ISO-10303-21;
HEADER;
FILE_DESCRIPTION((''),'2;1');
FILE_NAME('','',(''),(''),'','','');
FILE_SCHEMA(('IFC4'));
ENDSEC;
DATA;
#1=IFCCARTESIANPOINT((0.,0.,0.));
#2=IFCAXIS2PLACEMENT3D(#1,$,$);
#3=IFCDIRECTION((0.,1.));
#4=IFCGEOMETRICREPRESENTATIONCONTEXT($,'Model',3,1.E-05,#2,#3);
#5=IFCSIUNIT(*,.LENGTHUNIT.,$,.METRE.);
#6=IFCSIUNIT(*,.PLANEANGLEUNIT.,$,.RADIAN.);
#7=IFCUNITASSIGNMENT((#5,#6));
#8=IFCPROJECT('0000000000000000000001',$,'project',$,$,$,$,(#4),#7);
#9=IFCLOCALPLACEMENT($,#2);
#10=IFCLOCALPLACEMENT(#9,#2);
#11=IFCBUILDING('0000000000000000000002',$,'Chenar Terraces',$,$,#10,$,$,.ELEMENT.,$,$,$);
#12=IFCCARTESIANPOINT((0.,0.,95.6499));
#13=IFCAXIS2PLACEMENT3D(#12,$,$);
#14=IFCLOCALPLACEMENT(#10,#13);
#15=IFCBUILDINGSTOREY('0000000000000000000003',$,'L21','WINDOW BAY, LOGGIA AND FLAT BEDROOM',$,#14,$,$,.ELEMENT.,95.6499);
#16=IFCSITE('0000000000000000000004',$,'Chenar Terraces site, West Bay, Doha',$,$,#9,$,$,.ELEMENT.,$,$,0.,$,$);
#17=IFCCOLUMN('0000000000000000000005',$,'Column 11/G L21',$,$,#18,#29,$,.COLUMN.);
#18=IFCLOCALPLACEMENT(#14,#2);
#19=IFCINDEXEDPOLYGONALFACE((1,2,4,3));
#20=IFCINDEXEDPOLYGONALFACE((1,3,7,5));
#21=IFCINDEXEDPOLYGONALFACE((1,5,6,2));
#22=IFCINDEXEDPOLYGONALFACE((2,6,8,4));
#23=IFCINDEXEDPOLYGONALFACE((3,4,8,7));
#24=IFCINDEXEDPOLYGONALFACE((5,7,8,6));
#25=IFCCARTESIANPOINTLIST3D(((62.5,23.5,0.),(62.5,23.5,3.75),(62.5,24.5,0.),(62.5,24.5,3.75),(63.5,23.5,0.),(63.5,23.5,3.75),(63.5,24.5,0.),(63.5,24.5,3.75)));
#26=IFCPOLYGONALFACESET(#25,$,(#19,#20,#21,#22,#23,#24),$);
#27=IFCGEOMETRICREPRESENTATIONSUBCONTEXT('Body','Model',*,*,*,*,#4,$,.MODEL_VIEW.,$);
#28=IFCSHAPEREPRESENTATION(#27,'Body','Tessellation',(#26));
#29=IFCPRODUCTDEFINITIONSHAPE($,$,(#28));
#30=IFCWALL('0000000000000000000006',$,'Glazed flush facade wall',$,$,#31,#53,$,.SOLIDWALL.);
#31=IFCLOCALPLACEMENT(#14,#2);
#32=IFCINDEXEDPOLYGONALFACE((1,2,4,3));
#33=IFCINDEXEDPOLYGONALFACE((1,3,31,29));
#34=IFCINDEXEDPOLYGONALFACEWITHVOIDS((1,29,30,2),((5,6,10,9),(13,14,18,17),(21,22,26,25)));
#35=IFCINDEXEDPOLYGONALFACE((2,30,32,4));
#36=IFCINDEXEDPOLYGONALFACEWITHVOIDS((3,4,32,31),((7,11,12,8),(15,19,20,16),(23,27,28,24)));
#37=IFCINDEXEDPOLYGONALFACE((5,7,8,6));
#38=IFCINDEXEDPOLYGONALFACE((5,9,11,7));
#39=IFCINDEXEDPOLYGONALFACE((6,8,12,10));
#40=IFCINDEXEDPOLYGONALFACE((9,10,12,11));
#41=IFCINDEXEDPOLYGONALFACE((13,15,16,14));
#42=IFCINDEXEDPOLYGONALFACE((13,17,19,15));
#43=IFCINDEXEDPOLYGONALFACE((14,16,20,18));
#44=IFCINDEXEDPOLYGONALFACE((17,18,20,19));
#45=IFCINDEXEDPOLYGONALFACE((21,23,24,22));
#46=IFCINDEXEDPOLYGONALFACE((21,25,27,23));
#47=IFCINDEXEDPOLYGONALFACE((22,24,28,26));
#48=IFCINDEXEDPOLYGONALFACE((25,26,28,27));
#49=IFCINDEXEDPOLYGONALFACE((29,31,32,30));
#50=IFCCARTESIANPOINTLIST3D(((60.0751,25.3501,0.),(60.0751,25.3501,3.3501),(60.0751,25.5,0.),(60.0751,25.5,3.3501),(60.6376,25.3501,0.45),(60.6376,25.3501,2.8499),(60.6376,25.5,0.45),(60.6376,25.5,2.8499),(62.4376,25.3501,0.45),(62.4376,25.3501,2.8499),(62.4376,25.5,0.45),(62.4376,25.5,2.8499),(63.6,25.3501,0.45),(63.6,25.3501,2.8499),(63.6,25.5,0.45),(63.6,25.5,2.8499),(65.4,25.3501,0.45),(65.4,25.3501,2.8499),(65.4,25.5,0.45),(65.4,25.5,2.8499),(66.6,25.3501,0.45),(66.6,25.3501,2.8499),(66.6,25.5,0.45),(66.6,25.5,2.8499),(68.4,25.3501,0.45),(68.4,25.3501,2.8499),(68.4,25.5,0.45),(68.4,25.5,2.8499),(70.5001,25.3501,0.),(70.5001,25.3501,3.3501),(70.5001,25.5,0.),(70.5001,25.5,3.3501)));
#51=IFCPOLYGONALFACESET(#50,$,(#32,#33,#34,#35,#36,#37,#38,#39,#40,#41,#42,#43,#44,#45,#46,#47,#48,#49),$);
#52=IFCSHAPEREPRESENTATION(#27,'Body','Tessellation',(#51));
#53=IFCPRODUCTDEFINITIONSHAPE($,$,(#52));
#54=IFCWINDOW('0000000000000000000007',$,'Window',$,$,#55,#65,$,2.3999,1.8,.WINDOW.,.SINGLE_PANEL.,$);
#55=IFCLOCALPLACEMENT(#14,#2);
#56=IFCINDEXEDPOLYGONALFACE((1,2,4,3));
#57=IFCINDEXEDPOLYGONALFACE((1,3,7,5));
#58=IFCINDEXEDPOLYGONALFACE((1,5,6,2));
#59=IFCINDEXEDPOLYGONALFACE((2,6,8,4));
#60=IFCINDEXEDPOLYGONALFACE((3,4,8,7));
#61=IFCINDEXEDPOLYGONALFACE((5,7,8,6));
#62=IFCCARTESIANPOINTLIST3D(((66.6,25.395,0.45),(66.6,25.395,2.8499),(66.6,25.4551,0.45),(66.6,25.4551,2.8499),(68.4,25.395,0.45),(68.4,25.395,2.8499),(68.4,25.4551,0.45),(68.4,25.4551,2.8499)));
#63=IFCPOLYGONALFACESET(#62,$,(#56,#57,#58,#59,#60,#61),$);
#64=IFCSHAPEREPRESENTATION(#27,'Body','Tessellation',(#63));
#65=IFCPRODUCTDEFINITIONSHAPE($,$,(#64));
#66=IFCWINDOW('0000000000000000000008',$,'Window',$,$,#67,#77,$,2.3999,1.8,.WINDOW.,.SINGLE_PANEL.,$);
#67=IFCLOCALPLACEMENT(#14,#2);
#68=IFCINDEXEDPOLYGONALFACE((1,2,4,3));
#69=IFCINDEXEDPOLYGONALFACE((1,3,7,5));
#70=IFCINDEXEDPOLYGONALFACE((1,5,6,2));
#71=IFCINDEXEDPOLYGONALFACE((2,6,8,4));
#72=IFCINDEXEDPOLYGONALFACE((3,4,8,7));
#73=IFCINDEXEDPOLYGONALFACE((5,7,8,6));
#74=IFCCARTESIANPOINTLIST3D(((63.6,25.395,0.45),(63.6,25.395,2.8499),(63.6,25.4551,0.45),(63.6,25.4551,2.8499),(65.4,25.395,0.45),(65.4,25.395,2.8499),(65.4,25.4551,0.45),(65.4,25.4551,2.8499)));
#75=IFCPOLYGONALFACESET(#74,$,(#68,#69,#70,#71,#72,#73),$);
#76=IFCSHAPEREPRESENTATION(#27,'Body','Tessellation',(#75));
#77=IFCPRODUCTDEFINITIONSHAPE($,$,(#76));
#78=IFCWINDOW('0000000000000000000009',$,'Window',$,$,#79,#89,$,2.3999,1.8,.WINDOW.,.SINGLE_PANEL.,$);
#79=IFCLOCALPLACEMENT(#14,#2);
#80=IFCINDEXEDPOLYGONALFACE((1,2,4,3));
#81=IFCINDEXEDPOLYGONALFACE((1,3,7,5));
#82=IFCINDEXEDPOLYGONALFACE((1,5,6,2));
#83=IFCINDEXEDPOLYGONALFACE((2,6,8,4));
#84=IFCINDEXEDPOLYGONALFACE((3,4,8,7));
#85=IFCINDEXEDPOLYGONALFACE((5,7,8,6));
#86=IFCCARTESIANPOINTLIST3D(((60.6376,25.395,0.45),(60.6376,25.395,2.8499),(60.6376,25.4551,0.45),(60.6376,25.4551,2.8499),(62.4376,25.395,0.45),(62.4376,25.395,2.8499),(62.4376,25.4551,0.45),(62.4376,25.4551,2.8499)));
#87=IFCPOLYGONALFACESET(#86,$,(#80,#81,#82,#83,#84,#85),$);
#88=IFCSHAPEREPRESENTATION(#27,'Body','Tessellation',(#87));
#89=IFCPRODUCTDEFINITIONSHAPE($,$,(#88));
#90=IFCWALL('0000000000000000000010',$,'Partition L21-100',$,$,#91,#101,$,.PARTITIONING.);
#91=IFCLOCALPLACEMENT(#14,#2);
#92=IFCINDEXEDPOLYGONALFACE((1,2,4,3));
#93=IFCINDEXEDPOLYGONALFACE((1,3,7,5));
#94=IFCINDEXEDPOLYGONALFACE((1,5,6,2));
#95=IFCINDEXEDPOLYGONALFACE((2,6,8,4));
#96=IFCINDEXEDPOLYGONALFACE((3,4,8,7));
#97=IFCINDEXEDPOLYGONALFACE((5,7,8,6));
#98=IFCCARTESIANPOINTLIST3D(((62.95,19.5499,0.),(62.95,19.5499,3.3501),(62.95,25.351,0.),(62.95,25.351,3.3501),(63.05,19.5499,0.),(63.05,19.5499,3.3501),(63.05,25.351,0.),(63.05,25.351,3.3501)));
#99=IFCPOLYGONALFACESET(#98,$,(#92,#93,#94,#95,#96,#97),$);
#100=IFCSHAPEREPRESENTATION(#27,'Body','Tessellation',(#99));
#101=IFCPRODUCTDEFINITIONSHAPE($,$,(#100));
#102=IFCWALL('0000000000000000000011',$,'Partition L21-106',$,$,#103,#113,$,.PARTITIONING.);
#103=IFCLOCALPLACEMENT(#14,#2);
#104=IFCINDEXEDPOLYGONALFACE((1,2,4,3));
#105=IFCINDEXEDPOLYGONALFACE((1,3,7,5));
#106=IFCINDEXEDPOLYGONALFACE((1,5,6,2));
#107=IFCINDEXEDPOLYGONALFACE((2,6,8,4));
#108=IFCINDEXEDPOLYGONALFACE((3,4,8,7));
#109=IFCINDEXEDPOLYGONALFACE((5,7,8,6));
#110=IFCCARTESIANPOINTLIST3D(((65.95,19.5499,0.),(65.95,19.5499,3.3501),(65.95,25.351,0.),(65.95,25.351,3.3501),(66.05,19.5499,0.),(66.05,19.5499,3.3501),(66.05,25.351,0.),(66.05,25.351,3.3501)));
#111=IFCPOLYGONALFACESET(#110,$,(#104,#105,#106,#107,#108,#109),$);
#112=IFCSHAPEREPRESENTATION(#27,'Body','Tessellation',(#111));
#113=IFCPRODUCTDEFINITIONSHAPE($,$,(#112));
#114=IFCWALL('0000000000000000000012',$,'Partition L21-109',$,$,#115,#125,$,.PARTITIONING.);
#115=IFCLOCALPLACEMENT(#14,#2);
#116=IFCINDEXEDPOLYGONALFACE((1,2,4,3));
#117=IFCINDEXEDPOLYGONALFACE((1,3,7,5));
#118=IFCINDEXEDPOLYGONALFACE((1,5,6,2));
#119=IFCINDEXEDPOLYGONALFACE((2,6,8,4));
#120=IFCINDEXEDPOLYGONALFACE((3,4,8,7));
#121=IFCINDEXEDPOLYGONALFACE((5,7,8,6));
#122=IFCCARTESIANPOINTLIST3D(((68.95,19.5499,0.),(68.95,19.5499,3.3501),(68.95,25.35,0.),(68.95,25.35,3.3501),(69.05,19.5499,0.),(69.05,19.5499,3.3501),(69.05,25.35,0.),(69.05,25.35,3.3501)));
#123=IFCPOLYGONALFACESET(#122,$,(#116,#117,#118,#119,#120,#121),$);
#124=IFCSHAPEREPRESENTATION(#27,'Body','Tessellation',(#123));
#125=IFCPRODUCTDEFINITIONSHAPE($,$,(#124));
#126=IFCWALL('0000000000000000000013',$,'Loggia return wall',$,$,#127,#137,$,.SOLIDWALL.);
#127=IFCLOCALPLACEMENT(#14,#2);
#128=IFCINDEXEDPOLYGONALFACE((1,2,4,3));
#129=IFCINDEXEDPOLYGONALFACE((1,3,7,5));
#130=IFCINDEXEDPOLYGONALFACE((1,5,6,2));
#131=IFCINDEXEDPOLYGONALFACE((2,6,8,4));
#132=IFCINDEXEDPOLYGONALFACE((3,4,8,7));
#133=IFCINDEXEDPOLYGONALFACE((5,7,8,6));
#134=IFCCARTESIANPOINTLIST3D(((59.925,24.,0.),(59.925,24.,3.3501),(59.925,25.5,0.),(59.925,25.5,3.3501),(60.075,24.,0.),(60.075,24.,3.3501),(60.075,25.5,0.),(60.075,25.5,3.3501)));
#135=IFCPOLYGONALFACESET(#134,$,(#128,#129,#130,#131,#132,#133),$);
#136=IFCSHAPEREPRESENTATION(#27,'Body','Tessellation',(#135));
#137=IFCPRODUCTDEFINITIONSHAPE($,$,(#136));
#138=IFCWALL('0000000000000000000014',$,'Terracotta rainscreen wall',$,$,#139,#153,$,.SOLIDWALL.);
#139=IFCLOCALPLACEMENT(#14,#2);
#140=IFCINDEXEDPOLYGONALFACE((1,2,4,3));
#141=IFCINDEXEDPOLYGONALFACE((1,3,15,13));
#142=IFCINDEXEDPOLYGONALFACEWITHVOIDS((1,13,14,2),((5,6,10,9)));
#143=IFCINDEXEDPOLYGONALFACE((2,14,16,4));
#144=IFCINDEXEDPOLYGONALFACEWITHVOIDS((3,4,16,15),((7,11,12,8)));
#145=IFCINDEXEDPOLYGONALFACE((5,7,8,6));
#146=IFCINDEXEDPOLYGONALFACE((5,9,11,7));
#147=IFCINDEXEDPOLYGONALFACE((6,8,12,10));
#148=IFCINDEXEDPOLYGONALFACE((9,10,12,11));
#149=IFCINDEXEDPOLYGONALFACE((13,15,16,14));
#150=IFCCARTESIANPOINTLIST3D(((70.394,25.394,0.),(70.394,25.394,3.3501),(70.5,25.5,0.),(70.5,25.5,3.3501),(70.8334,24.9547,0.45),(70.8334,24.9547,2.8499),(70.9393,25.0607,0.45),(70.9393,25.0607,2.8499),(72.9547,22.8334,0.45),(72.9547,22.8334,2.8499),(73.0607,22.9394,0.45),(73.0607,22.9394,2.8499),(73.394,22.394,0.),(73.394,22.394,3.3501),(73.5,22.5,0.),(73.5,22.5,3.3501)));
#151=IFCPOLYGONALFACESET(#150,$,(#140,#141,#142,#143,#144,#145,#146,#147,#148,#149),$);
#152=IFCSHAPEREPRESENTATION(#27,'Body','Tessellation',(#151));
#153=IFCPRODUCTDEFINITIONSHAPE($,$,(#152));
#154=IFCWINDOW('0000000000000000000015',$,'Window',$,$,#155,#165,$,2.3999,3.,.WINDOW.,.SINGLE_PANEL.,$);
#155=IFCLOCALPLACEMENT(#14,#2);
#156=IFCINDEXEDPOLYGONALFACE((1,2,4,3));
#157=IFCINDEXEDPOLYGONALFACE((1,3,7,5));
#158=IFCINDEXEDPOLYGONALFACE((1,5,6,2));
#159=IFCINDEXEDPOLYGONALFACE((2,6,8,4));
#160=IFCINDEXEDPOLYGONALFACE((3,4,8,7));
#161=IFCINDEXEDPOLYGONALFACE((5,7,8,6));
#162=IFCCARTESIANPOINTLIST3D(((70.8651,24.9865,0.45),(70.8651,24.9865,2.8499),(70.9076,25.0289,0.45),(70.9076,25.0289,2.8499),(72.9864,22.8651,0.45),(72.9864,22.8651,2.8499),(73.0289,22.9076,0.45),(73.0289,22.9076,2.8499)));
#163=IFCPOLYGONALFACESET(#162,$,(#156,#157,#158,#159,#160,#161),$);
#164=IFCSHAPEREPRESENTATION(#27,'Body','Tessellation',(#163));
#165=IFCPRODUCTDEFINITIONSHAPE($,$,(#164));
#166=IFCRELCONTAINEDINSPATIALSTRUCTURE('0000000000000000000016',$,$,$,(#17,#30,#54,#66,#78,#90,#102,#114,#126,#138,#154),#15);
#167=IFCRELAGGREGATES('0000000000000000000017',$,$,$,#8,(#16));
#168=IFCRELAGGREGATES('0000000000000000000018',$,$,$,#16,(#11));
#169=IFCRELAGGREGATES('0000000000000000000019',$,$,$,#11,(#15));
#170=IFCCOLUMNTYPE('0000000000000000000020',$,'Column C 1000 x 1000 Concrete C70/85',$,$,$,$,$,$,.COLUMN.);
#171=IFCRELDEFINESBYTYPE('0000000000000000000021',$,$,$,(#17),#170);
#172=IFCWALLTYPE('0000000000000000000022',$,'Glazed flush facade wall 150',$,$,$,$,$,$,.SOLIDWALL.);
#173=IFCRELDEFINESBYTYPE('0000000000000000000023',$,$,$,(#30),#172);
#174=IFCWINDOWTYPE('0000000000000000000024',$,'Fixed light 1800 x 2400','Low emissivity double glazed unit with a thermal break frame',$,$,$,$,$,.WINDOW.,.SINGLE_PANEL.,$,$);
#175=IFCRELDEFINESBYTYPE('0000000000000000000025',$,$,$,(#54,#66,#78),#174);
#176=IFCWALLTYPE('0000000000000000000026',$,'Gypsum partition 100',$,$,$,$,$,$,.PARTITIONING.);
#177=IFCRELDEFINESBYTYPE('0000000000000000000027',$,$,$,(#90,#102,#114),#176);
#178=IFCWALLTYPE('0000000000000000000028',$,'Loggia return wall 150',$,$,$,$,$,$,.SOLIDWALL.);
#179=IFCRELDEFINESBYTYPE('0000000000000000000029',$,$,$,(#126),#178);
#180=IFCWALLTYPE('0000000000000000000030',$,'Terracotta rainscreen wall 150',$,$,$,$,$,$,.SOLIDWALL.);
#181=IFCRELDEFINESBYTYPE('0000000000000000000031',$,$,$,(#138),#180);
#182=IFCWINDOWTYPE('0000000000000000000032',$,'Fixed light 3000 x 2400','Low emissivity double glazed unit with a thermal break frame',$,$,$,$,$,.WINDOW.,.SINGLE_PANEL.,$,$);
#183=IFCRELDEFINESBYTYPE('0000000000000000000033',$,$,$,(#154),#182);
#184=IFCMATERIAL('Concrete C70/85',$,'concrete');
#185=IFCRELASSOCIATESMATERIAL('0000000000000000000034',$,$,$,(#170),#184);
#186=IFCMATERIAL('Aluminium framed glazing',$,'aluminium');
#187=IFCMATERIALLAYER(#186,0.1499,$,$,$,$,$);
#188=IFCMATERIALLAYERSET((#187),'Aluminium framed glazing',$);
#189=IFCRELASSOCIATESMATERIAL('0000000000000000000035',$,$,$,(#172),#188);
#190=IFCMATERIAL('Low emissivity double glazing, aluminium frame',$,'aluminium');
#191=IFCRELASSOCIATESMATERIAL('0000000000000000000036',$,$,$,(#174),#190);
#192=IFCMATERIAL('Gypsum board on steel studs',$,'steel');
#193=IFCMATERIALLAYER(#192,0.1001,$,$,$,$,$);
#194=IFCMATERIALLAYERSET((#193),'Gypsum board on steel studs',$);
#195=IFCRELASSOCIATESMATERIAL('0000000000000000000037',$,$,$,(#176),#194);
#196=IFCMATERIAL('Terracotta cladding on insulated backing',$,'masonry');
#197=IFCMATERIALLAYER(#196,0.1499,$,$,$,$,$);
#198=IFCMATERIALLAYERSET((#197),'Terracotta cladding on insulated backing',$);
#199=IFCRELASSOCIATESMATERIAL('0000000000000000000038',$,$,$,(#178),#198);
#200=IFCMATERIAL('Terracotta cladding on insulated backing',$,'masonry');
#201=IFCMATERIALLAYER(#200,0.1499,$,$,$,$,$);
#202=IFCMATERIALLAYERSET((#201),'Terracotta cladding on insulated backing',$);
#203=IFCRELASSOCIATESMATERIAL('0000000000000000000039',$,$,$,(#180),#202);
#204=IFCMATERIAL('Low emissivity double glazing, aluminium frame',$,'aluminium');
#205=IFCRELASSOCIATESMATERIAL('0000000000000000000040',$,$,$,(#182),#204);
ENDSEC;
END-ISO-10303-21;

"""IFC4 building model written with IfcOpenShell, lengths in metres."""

from ifc_helpers import new_model, si_unit, direction, frame, frame_2d, origin, origin_2d, place, context, subcontext, project, spatial, rectangle, extrude, material, layer, layer_set, material_profile, profile_set, type_object, element, fill, save


model = new_model("IFC4")

# Units and contexts
model_context = context("Model", 3, precision=1e-05, world=origin(), true_north=direction((0.0, 1.0)))
body_context = subcontext(model_context, "Body", "Model", "MODEL_VIEW")
ifc_project = project(units=[si_unit("LENGTHUNIT", "METRE"), si_unit("PLANEANGLEUNIT", "RADIAN")], contexts=[model_context])

# Site, building, storey
site_placement = place(None, origin())
site = spatial("IfcSite", under=ifc_project, at=site_placement, Name="Chenar Terraces site, West Bay, Doha", CompositionType="ELEMENT", RefElevation=0.0)
building_placement = place(site_placement, origin())
building = spatial("IfcBuilding", under=site, at=building_placement, Name="Chenar Terraces", CompositionType="ELEMENT")
storey_placement = place(building_placement, frame((0.0, 0.0, 95.6499)))
storey = spatial("IfcBuildingStorey", under=building, at=storey_placement, Name="L21", Description="WINDOW BAY, LOGGIA AND FLAT BEDROOM", CompositionType="ELEMENT", Elevation=95.6499)

# Column
ifc_material_1 = material(Name="Concrete C70/85", Category="concrete")
ifc_material_profile = material_profile(ifc_material_1, rectangle(XDim=1.0, YDim=1.0, at=origin_2d()), Name="C 1000 x 1000")
ifc_profile_set = profile_set([ifc_material_profile], Name="Concrete C70/85")
column_type = type_object("IfcColumnType", Name="Column C 1000 x 1000 Concrete C70/85", PredefinedType="COLUMN", material=ifc_profile_set)
column_placement = place(storey_placement, frame((63.0, 24.0, 0.0), z_axis=(0.0, 0.0, 1.0), x_axis=(1.0, 0.0, 0.0)))
element("IfcColumn", 1, at=column_placement, inside=storey, type_object=column_type, Name="Column 11/G L21", PredefinedType="COLUMN", context=body_context, shape_type="SweptSolid", body=[
    extrude(rectangle(XDim=1.0, YDim=1.0, at=origin_2d()), origin(), (0.0, 0.0, 1.0), 3.75),
])

# Wall, openings, windows
ifc_material_2 = material(Name="Aluminium framed glazing", Category="aluminium")
ifc_layer_1 = layer(ifc_material_2, 0.1499)
ifc_layer_set_1 = layer_set([ifc_layer_1], Name="Aluminium framed glazing")
wall_type_1 = type_object("IfcWallType", Name="Glazed flush facade wall 150", PredefinedType="SOLIDWALL", material=ifc_layer_set_1)
wall_1_placement = place(storey_placement, frame((70.5, 25.425, 0.0), z_axis=(0.0, 0.0, 1.0), x_axis=(-1.0, 0.0, 0.0)))
wall_1 = element("IfcWall", 2, at=wall_1_placement, inside=storey, type_object=wall_type_1, Name="Glazed flush facade wall", PredefinedType="SOLIDWALL", context=body_context, shape_type="SweptSolid", body=[
    extrude(rectangle(XDim=10.425, YDim=0.1499, at=frame_2d((5.2124, 0.0))), origin(), (0.0, 0.0, 1.0), 3.3501),
])
opening_1_placement = place(wall_1_placement, frame((2.1001, 0.0, 0.45)))
opening_1 = element("IfcOpeningElement", 3, at=opening_1_placement, cuts=wall_1, PredefinedType="OPENING", context=body_context, shape_type="SweptSolid", body=[
    extrude(rectangle(XDim=1.8, YDim=2.3999, at=frame_2d((0.8999, 1.2))), frame((0.0, 0.085, 0.0), z_axis=(0.0, -1.0, 0.0), x_axis=(1.0, 0.0, 0.0)), (0.0, 0.0, 1.0), 0.1699),
])
opening_2_placement = place(wall_1_placement, frame((5.1001, 0.0, 0.45)))
opening_2 = element("IfcOpeningElement", 4, at=opening_2_placement, cuts=wall_1, PredefinedType="OPENING", context=body_context, shape_type="SweptSolid", body=[
    extrude(rectangle(XDim=1.8, YDim=2.3999, at=frame_2d((0.8999, 1.2))), frame((0.0, 0.085, 0.0), z_axis=(0.0, -1.0, 0.0), x_axis=(1.0, 0.0, 0.0)), (0.0, 0.0, 1.0), 0.1699),
])
opening_3_placement = place(wall_1_placement, frame((8.0625, 0.0, 0.45)))
opening_3 = element("IfcOpeningElement", 5, at=opening_3_placement, cuts=wall_1, PredefinedType="OPENING", context=body_context, shape_type="SweptSolid", body=[
    extrude(rectangle(XDim=1.8, YDim=2.3999, at=frame_2d((0.8999, 1.2))), frame((0.0, 0.085, 0.0), z_axis=(0.0, -1.0, 0.0), x_axis=(1.0, 0.0, 0.0)), (0.0, 0.0, 1.0), 0.1699),
])
ifc_material_3 = material(Name="Low emissivity double glazing, aluminium frame", Category="aluminium")
window_type_1 = type_object("IfcWindowType", Name="Fixed light 1800 x 2400", Description="Low emissivity double glazed unit with a thermal break frame", PartitioningType="SINGLE_PANEL", PredefinedType="WINDOW", material=ifc_material_3)
window_1_placement = place(opening_1_placement, origin())
window_1 = element("IfcWindow", 6, at=window_1_placement, inside=storey, type_object=window_type_1, Name="Window", OverallHeight=2.3999, OverallWidth=1.8, PartitioningType="SINGLE_PANEL", PredefinedType="WINDOW", context=body_context, shape_type="SweptSolid", body=[
    extrude(rectangle(XDim=1.8, YDim=2.3999, at=frame_2d((0.8999, 1.2))), frame((0.0, 0.03, 0.0), z_axis=(0.0, -1.0, 0.0), x_axis=(1.0, 0.0, 0.0)), (0.0, 0.0, 1.0), 0.0601),
])
fill(opening_1, window_1)
window_2_placement = place(opening_2_placement, origin())
window_2 = element("IfcWindow", 7, at=window_2_placement, inside=storey, type_object=window_type_1, Name="Window", OverallHeight=2.3999, OverallWidth=1.8, PartitioningType="SINGLE_PANEL", PredefinedType="WINDOW", context=body_context, shape_type="SweptSolid", body=[
    extrude(rectangle(XDim=1.8, YDim=2.3999, at=frame_2d((0.8999, 1.2))), frame((0.0, 0.03, 0.0), z_axis=(0.0, -1.0, 0.0), x_axis=(1.0, 0.0, 0.0)), (0.0, 0.0, 1.0), 0.0601),
])
fill(opening_2, window_2)
window_3_placement = place(opening_3_placement, origin())
window_3 = element("IfcWindow", 8, at=window_3_placement, inside=storey, type_object=window_type_1, Name="Window", OverallHeight=2.3999, OverallWidth=1.8, PartitioningType="SINGLE_PANEL", PredefinedType="WINDOW", context=body_context, shape_type="SweptSolid", body=[
    extrude(rectangle(XDim=1.8, YDim=2.3999, at=frame_2d((0.8999, 1.2))), frame((0.0, 0.03, 0.0), z_axis=(0.0, -1.0, 0.0), x_axis=(1.0, 0.0, 0.0)), (0.0, 0.0, 1.0), 0.0601),
])
fill(opening_3, window_3)

# Walls
ifc_material_4 = material(Name="Gypsum board on steel studs", Category="steel")
ifc_layer_2 = layer(ifc_material_4, 0.1001)
ifc_layer_set_2 = layer_set([ifc_layer_2], Name="Gypsum board on steel studs")
wall_type_2 = type_object("IfcWallType", Name="Gypsum partition 100", PredefinedType="PARTITIONING", material=ifc_layer_set_2)
for number, where, z_axis, x_axis, name in (
    (9, (63.0, 19.55, 0.0), (0.0, 0.0, 1.0), (0.0, 1.0, 0.0), "Partition L21-100"),
    (10, (66.0, 19.55, 0.0), (0.0, 0.0, 1.0), (0.0, 1.0, 0.0), "Partition L21-106"),
):
    element("IfcWall", number, at=place(storey_placement, frame(where, z_axis=z_axis, x_axis=x_axis)), inside=storey, type_object=wall_type_2, Name=name, PredefinedType="PARTITIONING", context=body_context, shape_type="SweptSolid", body=[
        extrude(rectangle(XDim=5.801, YDim=0.1001, at=frame_2d((2.9004, 0.0))), origin(), (0.0, 0.0, 1.0), 3.3501),
    ])
wall_2_placement = place(storey_placement, frame((69.0, 19.55, 0.0), z_axis=(0.0, 0.0, 1.0), x_axis=(0.0, 1.0, 0.0)))
element("IfcWall", 11, at=wall_2_placement, inside=storey, type_object=wall_type_2, Name="Partition L21-109", PredefinedType="PARTITIONING", context=body_context, shape_type="SweptSolid", body=[
    extrude(rectangle(XDim=5.8, YDim=0.1001, at=frame_2d((2.8999, 0.0))), origin(), (0.0, 0.0, 1.0), 3.3501),
])
ifc_material_5 = material(Name="Terracotta cladding on insulated backing", Category="masonry")
ifc_layer_3 = layer(ifc_material_5, 0.1499)
ifc_layer_set_3 = layer_set([ifc_layer_3], Name="Terracotta cladding on insulated backing")
wall_type_3 = type_object("IfcWallType", Name="Loggia return wall 150", PredefinedType="SOLIDWALL", material=ifc_layer_set_3)
wall_3_placement = place(storey_placement, frame((60.0, 25.5, 0.0), z_axis=(0.0, 0.0, 1.0), x_axis=(0.0, -1.0, 0.0)))
element("IfcWall", 12, at=wall_3_placement, inside=storey, type_object=wall_type_3, Name="Loggia return wall", PredefinedType="SOLIDWALL", context=body_context, shape_type="SweptSolid", body=[
    extrude(rectangle(XDim=1.5, YDim=0.1499, at=frame_2d((0.75, 0.0))), origin(), (0.0, 0.0, 1.0), 3.3501),
])

# Wall, opening, window
ifc_material_6 = material(Name="Terracotta cladding on insulated backing", Category="masonry")
ifc_layer_4 = layer(ifc_material_6, 0.1499)
ifc_layer_set_4 = layer_set([ifc_layer_4], Name="Terracotta cladding on insulated backing")
wall_type_4 = type_object("IfcWallType", Name="Terracotta rainscreen wall 150", PredefinedType="SOLIDWALL", material=ifc_layer_set_4)
wall_4_placement = place(storey_placement, frame((73.447, 22.447, 0.0), z_axis=(0.0, 0.0, 1.0), x_axis=(-0.707107, 0.707107, 0.0)))
wall_4 = element("IfcWall", 13, at=wall_4_placement, inside=storey, type_object=wall_type_4, Name="Terracotta rainscreen wall", PredefinedType="SOLIDWALL", context=body_context, shape_type="SweptSolid", body=[
    extrude(rectangle(XDim=4.2427, YDim=0.1499, at=frame_2d((2.1213, 0.0))), origin(), (0.0, 0.0, 1.0), 3.3501),
])
opening_4_placement = place(wall_4_placement, frame((0.6213, 0.0, 0.45)))
opening_4 = element("IfcOpeningElement", 14, at=opening_4_placement, cuts=wall_4, PredefinedType="OPENING", context=body_context, shape_type="SweptSolid", body=[
    extrude(rectangle(XDim=3.0, YDim=2.3999, at=frame_2d((1.5, 1.2))), frame((0.0, 0.085, 0.0), z_axis=(0.0, -1.0, 0.0), x_axis=(1.0, 0.0, 0.0)), (0.0, 0.0, 1.0), 0.1699),
])
ifc_material_7 = material(Name="Low emissivity double glazing, aluminium frame", Category="aluminium")
window_type_2 = type_object("IfcWindowType", Name="Fixed light 3000 x 2400", Description="Low emissivity double glazed unit with a thermal break frame", PartitioningType="SINGLE_PANEL", PredefinedType="WINDOW", material=ifc_material_7)
window_4_placement = place(opening_4_placement, origin())
window_4 = element("IfcWindow", 15, at=window_4_placement, inside=storey, type_object=window_type_2, Name="Window", OverallHeight=2.3999, OverallWidth=3.0, PartitioningType="SINGLE_PANEL", PredefinedType="WINDOW", context=body_context, shape_type="SweptSolid", body=[
    extrude(rectangle(XDim=3.0, YDim=2.3999, at=frame_2d((1.5, 1.2))), frame((0.0, 0.03, 0.0), z_axis=(0.0, -1.0, 0.0), x_axis=(1.0, 0.0, 0.0)), (0.0, 0.0, 1.0), 0.0601),
])
fill(opening_4, window_4)

save(model, "model.ifc")
